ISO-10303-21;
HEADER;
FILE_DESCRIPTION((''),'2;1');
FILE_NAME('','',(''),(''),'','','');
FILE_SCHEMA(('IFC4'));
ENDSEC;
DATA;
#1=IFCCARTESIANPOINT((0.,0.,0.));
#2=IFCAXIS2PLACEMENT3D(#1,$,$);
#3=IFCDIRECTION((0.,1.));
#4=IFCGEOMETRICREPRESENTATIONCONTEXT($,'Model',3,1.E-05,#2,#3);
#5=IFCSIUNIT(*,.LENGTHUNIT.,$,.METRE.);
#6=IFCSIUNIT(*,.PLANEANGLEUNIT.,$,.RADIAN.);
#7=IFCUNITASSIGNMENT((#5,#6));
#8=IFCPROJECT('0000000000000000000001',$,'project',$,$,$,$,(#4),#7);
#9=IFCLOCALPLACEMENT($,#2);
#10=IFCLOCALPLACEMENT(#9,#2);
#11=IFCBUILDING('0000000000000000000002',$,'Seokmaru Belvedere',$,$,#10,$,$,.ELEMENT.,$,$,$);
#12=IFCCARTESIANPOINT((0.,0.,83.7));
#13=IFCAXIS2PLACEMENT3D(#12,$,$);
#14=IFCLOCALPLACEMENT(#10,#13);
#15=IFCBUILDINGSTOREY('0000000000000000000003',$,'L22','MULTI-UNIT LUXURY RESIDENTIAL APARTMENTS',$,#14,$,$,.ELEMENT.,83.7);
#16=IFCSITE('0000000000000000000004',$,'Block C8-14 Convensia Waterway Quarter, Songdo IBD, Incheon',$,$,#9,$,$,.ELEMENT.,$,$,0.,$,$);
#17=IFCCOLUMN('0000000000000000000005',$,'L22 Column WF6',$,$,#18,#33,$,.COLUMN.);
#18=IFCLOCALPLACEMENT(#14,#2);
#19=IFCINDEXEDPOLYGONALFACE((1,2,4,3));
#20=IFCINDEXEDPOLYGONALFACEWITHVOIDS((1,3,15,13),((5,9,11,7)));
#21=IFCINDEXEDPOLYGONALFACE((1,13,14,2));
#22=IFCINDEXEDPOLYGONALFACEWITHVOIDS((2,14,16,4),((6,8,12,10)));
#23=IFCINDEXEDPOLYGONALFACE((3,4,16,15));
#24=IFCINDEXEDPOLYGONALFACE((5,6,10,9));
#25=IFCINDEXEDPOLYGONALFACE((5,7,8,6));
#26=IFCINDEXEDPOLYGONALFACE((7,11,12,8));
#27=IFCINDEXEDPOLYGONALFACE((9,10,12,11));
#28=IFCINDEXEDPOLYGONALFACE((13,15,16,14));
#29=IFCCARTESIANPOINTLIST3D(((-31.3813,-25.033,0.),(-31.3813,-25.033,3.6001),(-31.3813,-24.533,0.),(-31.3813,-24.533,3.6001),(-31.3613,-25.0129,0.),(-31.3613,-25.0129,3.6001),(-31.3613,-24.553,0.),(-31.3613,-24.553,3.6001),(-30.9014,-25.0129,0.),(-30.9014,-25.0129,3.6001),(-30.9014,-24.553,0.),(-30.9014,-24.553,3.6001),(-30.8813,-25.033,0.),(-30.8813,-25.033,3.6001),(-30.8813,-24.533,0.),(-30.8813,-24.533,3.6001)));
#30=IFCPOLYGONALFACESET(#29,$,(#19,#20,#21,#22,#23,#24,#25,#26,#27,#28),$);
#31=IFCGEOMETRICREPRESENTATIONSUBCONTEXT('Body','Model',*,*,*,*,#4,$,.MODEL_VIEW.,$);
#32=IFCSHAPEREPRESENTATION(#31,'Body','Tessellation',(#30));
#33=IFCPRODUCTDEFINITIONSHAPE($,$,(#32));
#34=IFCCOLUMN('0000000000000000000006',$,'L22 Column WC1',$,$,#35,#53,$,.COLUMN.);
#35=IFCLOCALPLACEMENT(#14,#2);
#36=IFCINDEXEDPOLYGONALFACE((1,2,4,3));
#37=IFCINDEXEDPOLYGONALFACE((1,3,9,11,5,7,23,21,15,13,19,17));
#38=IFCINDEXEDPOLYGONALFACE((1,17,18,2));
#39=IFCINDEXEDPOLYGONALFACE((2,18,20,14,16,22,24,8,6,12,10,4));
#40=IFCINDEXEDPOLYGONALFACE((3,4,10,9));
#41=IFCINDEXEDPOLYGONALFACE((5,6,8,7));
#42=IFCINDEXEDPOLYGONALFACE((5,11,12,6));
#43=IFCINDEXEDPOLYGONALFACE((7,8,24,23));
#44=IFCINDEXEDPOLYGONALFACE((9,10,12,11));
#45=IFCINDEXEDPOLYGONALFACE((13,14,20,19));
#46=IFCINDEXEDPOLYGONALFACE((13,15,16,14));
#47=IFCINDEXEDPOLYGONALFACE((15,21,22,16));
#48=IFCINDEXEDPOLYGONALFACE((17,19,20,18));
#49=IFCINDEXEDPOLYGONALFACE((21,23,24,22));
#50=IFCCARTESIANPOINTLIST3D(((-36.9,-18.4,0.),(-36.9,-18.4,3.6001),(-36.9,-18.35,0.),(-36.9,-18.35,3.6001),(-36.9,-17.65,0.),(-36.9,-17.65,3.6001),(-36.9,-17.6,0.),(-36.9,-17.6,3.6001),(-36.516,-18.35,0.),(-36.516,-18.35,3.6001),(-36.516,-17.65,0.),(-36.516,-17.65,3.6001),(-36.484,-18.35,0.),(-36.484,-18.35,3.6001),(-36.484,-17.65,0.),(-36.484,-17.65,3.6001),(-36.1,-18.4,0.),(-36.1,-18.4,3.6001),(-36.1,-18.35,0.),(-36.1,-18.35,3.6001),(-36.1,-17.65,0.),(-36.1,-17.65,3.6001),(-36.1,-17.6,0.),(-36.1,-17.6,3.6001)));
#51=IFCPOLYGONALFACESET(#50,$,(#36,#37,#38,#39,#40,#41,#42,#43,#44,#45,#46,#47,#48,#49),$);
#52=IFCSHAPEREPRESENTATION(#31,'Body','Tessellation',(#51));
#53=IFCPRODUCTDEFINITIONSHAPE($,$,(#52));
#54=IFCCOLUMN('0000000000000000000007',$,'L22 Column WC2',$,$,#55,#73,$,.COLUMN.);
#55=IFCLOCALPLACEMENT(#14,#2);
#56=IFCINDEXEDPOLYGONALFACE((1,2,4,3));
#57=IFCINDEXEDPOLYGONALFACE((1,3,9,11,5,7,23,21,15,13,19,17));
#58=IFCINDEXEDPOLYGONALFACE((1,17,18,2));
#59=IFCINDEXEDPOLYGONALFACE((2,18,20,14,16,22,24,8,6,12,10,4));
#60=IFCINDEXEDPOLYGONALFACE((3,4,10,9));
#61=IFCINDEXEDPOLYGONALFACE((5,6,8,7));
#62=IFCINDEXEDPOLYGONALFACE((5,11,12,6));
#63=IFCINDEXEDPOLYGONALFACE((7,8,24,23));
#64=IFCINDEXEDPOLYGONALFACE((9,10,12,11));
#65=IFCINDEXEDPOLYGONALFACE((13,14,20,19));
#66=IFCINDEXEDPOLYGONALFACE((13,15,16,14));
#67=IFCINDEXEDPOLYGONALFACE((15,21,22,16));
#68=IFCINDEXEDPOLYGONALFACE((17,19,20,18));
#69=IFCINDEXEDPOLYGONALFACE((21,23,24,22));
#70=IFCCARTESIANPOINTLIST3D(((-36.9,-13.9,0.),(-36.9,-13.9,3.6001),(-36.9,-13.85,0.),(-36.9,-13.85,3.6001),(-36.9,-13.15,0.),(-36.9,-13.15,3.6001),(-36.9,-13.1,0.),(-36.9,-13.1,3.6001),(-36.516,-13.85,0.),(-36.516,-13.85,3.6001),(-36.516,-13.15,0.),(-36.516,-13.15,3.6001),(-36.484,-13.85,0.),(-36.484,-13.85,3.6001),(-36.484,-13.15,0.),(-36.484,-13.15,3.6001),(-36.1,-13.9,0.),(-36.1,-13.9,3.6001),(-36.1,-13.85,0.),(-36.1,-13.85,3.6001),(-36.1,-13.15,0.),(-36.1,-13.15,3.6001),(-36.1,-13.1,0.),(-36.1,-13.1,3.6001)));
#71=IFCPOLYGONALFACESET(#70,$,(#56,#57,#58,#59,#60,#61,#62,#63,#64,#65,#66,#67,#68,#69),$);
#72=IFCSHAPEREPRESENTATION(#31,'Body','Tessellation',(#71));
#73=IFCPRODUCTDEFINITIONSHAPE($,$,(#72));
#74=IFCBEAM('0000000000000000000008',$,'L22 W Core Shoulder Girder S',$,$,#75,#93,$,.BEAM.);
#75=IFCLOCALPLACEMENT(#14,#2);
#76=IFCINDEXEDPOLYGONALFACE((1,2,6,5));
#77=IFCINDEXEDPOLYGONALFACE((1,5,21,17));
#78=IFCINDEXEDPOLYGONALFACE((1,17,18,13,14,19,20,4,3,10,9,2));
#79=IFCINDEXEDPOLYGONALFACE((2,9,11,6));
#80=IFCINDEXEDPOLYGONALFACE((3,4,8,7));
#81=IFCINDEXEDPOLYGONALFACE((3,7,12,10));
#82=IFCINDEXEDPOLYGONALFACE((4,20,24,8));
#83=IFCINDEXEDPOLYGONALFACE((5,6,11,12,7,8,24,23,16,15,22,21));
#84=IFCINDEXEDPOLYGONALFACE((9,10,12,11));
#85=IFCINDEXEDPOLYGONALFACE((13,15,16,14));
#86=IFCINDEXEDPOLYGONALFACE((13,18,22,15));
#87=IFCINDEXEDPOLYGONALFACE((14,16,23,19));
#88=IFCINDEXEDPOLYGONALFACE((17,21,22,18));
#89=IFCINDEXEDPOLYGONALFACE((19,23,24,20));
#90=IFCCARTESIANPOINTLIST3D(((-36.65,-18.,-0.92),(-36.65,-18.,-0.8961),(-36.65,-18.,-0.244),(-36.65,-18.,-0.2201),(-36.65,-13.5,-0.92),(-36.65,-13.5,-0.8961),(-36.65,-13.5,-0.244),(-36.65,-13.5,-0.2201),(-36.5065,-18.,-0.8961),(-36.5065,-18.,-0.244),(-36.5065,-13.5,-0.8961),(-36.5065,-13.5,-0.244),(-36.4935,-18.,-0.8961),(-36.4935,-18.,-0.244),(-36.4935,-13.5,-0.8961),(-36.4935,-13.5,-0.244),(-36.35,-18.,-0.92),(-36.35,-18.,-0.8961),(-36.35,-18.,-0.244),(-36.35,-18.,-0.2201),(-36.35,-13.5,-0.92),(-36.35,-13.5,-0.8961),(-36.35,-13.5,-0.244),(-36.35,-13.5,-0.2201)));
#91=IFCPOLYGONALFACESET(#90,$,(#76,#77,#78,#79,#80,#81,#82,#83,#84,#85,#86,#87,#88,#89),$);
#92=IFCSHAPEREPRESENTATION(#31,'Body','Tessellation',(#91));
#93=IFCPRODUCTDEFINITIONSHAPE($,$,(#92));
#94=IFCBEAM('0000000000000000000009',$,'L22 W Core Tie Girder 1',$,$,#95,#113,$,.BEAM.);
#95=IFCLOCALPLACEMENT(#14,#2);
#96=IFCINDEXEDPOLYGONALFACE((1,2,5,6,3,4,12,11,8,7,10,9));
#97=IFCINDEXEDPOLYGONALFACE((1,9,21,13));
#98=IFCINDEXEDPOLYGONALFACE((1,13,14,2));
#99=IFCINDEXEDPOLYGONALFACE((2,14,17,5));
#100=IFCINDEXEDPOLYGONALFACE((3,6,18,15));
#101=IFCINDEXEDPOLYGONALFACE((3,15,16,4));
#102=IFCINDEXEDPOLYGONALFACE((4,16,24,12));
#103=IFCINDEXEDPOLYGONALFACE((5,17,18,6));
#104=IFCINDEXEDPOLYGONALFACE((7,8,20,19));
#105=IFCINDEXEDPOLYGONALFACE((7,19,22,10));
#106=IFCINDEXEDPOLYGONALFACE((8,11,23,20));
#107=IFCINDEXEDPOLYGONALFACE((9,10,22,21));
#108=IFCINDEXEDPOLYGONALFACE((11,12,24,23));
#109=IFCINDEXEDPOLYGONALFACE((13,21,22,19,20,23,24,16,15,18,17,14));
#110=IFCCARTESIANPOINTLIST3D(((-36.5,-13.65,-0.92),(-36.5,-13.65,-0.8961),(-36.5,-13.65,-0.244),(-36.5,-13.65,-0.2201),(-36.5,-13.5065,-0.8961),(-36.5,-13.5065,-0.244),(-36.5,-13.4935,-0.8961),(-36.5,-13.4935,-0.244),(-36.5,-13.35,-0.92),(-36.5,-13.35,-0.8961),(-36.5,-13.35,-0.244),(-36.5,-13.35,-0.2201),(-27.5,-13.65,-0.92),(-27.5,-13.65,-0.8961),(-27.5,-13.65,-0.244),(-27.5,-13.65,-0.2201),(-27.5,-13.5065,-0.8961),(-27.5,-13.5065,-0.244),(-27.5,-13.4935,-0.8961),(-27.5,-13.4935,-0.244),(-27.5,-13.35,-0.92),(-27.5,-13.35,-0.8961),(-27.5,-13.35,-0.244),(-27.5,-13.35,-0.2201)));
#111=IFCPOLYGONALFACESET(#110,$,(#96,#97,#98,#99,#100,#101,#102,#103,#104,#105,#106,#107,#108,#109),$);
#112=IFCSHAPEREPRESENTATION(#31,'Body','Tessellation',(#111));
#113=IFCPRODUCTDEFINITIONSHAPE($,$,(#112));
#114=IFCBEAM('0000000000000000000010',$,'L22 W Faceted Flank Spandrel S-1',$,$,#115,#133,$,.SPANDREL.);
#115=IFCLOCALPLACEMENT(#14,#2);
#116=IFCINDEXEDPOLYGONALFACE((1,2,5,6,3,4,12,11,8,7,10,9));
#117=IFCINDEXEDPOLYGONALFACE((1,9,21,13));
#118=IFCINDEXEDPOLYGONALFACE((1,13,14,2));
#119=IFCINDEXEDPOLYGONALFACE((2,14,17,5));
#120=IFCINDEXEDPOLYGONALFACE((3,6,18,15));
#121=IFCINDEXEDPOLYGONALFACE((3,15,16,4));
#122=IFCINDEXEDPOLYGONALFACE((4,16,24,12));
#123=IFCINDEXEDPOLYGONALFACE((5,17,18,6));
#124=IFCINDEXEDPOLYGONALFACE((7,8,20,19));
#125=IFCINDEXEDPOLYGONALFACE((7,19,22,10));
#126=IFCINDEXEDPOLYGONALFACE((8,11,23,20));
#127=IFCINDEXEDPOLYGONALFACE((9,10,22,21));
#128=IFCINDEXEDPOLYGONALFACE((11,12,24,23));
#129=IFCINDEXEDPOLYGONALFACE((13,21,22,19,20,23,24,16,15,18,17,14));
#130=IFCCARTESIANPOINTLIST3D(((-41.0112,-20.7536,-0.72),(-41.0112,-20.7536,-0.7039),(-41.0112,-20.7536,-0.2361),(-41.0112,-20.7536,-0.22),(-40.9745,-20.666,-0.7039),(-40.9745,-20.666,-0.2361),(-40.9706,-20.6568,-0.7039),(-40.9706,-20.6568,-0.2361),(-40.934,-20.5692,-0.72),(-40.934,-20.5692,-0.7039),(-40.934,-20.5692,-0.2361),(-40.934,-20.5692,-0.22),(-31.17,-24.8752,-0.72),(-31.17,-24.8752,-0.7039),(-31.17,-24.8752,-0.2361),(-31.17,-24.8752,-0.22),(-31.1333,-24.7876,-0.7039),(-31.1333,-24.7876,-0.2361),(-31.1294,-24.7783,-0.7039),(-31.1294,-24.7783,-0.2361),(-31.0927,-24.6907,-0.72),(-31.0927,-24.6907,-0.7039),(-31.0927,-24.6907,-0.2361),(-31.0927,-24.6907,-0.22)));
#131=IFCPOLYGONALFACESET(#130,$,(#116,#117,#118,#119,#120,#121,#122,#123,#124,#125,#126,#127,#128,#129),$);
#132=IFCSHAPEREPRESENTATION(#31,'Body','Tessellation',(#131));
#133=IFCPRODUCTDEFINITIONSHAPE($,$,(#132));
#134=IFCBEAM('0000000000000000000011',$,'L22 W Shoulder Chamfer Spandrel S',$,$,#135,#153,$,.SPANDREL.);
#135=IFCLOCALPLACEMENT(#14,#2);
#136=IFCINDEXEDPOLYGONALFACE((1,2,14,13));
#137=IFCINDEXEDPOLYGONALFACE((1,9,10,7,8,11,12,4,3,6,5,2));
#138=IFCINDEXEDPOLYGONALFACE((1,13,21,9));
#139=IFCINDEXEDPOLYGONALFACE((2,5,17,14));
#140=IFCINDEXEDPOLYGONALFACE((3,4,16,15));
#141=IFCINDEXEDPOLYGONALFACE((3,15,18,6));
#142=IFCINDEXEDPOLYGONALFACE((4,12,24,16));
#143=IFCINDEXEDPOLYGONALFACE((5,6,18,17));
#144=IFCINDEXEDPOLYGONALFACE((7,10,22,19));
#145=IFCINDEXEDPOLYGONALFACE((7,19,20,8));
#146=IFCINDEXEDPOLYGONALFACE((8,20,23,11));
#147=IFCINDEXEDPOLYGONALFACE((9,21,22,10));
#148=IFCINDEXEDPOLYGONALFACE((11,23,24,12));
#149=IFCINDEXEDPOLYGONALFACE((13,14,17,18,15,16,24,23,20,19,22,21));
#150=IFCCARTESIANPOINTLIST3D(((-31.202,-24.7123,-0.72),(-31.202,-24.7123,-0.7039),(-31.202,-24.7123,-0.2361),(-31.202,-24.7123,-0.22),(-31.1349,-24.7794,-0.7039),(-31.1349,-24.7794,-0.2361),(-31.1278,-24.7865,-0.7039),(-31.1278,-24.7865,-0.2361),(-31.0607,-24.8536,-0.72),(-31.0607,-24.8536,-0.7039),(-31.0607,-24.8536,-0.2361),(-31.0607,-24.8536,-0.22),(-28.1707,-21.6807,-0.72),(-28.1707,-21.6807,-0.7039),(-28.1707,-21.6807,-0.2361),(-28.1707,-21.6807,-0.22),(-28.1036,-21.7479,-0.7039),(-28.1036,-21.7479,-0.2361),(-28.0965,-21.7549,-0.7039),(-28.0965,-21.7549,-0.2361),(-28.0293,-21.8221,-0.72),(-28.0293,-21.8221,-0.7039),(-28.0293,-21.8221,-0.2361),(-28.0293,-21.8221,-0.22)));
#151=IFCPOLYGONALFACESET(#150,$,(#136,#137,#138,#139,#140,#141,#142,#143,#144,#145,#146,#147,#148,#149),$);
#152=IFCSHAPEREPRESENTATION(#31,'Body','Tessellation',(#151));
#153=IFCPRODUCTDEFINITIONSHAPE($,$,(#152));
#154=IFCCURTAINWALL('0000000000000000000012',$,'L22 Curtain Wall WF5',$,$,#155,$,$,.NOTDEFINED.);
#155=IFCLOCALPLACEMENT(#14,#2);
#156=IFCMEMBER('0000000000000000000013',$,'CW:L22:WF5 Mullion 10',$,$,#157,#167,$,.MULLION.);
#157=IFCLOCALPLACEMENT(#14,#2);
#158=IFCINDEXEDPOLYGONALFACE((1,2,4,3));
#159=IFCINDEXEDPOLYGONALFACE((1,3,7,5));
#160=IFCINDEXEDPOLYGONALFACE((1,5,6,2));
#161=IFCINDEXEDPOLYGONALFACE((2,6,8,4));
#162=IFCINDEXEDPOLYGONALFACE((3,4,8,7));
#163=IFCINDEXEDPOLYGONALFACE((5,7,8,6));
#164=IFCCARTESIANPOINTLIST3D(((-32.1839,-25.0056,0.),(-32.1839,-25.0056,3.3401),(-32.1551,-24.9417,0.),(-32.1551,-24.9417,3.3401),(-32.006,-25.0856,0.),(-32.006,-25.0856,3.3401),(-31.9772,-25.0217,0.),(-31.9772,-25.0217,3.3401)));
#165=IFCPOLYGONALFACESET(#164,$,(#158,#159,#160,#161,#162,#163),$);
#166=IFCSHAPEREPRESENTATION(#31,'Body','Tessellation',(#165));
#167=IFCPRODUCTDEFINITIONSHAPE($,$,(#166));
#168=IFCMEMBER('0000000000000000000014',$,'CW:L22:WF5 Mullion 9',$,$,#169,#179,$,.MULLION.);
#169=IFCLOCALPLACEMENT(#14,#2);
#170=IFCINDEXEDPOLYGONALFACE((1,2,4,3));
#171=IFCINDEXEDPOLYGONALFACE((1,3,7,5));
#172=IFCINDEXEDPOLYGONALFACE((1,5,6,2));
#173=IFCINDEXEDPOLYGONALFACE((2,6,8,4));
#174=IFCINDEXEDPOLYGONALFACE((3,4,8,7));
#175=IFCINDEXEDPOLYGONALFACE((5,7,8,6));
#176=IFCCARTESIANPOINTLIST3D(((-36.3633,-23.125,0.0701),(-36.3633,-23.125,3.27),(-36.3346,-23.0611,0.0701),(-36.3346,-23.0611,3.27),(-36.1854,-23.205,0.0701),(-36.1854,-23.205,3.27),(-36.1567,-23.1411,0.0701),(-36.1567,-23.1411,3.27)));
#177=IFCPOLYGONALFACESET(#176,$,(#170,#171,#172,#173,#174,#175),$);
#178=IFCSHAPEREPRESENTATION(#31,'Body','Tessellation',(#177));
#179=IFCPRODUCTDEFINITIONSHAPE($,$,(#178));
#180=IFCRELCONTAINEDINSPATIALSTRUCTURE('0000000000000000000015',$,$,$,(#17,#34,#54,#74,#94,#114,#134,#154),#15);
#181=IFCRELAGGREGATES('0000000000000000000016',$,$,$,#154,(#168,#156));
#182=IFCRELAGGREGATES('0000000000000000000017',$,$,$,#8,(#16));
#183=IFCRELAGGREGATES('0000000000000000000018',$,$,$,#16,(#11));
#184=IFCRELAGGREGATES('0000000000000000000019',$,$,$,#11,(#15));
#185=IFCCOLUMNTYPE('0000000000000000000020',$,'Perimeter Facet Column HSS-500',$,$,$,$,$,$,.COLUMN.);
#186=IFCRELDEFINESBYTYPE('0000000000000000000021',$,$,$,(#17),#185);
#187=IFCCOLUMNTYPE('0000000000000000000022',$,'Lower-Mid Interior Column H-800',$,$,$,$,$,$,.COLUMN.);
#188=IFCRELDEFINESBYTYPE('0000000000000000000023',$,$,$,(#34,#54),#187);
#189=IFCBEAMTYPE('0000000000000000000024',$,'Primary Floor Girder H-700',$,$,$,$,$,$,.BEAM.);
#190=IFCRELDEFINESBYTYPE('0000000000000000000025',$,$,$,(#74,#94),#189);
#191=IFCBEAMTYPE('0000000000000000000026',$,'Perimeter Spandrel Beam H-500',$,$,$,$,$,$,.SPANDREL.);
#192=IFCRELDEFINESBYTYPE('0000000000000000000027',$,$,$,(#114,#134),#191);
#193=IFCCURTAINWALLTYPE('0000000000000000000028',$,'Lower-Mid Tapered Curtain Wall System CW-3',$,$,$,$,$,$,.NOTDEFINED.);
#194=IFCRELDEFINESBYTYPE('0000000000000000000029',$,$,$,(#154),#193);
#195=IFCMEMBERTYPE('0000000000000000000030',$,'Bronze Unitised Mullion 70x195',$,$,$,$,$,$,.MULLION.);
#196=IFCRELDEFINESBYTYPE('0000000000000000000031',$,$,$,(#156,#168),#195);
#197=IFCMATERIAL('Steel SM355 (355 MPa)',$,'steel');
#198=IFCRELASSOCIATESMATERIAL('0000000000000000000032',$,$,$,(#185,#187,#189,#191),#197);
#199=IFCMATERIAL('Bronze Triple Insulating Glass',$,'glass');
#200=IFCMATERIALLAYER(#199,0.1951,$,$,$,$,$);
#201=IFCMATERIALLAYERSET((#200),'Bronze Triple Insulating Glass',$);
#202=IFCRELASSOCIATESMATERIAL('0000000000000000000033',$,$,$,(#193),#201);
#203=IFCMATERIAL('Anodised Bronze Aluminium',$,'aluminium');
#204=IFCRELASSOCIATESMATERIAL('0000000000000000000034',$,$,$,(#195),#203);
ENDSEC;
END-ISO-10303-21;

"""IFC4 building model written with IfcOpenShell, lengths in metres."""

from ifc_helpers import new_model, si_unit, direction, frame, origin, origin_2d, place, context, subcontext, project, spatial, rectangle, hollow_rectangle, i_section, extrude, source, transform, mapped, material, layer, layer_set, material_profile, profile_set, type_object, type_shapes, element, aggregate, save


model = new_model("IFC4")

# Units and contexts
model_context = context("Model", 3, precision=1e-05, world=origin(), true_north=direction((0.0, 1.0)))
body_context = subcontext(model_context, "Body", "Model", "MODEL_VIEW")
ifc_project = project(units=[si_unit("LENGTHUNIT", "METRE"), si_unit("PLANEANGLEUNIT", "RADIAN")], contexts=[model_context])

# Site, building, storey
site_placement = place(None, origin())
site = spatial("IfcSite", under=ifc_project, at=site_placement, Name="Block C8-14 Convensia Waterway Quarter, Songdo IBD, Incheon", CompositionType="ELEMENT", RefElevation=0.0)
building_placement = place(site_placement, origin())
building = spatial("IfcBuilding", under=site, at=building_placement, Name="Seokmaru Belvedere", CompositionType="ELEMENT")
storey_placement = place(building_placement, frame((0.0, 0.0, 83.7)))
storey = spatial("IfcBuildingStorey", under=building, at=storey_placement, Name="L22", Description="MULTI-UNIT LUXURY RESIDENTIAL APARTMENTS", CompositionType="ELEMENT", Elevation=83.7)

# Columns
ifc_material_1 = material(Name="Steel SM355 (355 MPa)", Category="steel")
ifc_material_profile_1 = material_profile(ifc_material_1, hollow_rectangle(XDim=0.5, YDim=0.5, WallThickness=0.02, at=origin_2d()), Name="HSS-500x500x20")
ifc_profile_set_1 = profile_set([ifc_material_profile_1], Name="Steel SM355 (355 MPa)")
column_type_1 = type_object("IfcColumnType", Name="Perimeter Facet Column HSS-500", PredefinedType="COLUMN", material=ifc_profile_set_1)
shared_shape_1 = source(origin(), body_context, "Body", "SweptSolid", [
    extrude(hollow_rectangle(XDim=0.5, YDim=0.5, WallThickness=0.02, at=origin_2d()), origin(), (0.0, 0.0, 1.0), 3.6001),
])
type_shapes(column_type_1, [shared_shape_1])
column_placement = place(storey_placement, frame((-31.1313, -24.783, 0.0), z_axis=(0.0, 0.0, 1.0), x_axis=(1.0, 0.0, 0.0)))
element("IfcColumn", 1, at=column_placement, inside=storey, type_object=column_type_1, Name="L22 Column WF6", PredefinedType="COLUMN", context=body_context, shape_type="MappedRepresentation", body=[
    mapped(shared_shape_1, transform((0.0, 0.0, 0.0), scale=1.0)),
])
ifc_material_profile_2 = material_profile(ifc_material_1, i_section(OverallWidth=0.8, OverallDepth=0.8, WebThickness=0.032, FlangeThickness=0.05, at=origin_2d()), Name="H-800x800x32x50")
ifc_profile_set_2 = profile_set([ifc_material_profile_2], Name="Steel SM355 (355 MPa)")
column_type_2 = type_object("IfcColumnType", Name="Lower-Mid Interior Column H-800", PredefinedType="COLUMN", material=ifc_profile_set_2)
shared_shape_2 = source(origin(), body_context, "Body", "SweptSolid", [
    extrude(i_section(OverallWidth=0.8, OverallDepth=0.8, WebThickness=0.032, FlangeThickness=0.05, at=origin_2d()), origin(), (0.0, 0.0, 1.0), 3.6001),
])
type_shapes(column_type_2, [shared_shape_2])
for number, where, z_axis, x_axis, name in (
    (2, (-36.5, -18.0, 0.0), (0.0, 0.0, 1.0), (1.0, 0.0, 0.0), "L22 Column WC1"),
    (3, (-36.5, -13.5, 0.0), (0.0, 0.0, 1.0), (1.0, 0.0, 0.0), "L22 Column WC2"),
):
    element("IfcColumn", number, at=place(storey_placement, frame(where, z_axis=z_axis, x_axis=x_axis)), inside=storey, type_object=column_type_2, Name=name, PredefinedType="COLUMN", context=body_context, shape_type="MappedRepresentation", body=[
        mapped(shared_shape_2, transform((0.0, 0.0, 0.0), scale=1.0)),
    ])

# Beams
ifc_material_profile_3 = material_profile(ifc_material_1, i_section(OverallWidth=0.3, OverallDepth=0.7, WebThickness=0.0129, FlangeThickness=0.0239, at=origin_2d()), Name="H-700x300x13x24")
ifc_profile_set_3 = profile_set([ifc_material_profile_3], Name="Steel SM355 (355 MPa)")
beam_type_1 = type_object("IfcBeamType", Name="Primary Floor Girder H-700", PredefinedType="BEAM", material=ifc_profile_set_3)
shared_shape_3 = source(origin(), body_context, "Body", "SweptSolid", [
    extrude(i_section(OverallWidth=0.3, OverallDepth=0.7, WebThickness=0.0129, FlangeThickness=0.0239, at=origin_2d()), origin(), (0.0, 0.0, 1.0), 4.5),
])
beam_1_placement = place(storey_placement, frame((-36.5, -18.0, -0.5701), z_axis=(0.0, 1.0, 0.0), x_axis=(-1.0, 0.0, 0.0)))
element("IfcBeam", 4, at=beam_1_placement, inside=storey, type_object=beam_type_1, Name="L22 W Core Shoulder Girder S", PredefinedType="BEAM", context=body_context, shape_type="MappedRepresentation", body=[
    mapped(shared_shape_3, transform((0.0, 0.0, 0.0), scale=1.0)),
])
shared_shape_4 = source(origin(), body_context, "Body", "SweptSolid", [
    extrude(i_section(OverallWidth=0.3, OverallDepth=0.7, WebThickness=0.0129, FlangeThickness=0.0239, at=origin_2d()), origin(), (0.0, 0.0, 1.0), 9.0),
])
type_shapes(beam_type_1, [shared_shape_3, shared_shape_4])
beam_2_placement = place(storey_placement, frame((-36.5, -13.5, -0.5701), z_axis=(1.0, 0.0, 0.0), x_axis=(0.0, 1.0, 0.0)))
element("IfcBeam", 5, at=beam_2_placement, inside=storey, type_object=beam_type_1, Name="L22 W Core Tie Girder 1", PredefinedType="BEAM", context=body_context, shape_type="MappedRepresentation", body=[
    mapped(shared_shape_4, transform((0.0, 0.0, 0.0), scale=1.0)),
])
ifc_material_profile_4 = material_profile(ifc_material_1, i_section(OverallWidth=0.2, OverallDepth=0.5, WebThickness=0.01, FlangeThickness=0.0161, at=origin_2d()), Name="H-500x200x10x16")
ifc_profile_set_4 = profile_set([ifc_material_profile_4], Name="Steel SM355 (355 MPa)")
beam_type_2 = type_object("IfcBeamType", Name="Perimeter Spandrel Beam H-500", PredefinedType="SPANDREL", material=ifc_profile_set_4)
shared_shape_5 = source(origin(), body_context, "Body", "SweptSolid", [
    extrude(i_section(OverallWidth=0.2, OverallDepth=0.5, WebThickness=0.01, FlangeThickness=0.0161, at=origin_2d()), origin(), (0.0, 0.0, 1.0), 10.6694),
])
beam_3_placement = place(storey_placement, frame((-31.1313, -24.783, -0.47), z_axis=(-0.922375, 0.386295, 0.0), x_axis=(-0.386295, -0.922375, 0.0)))
element("IfcBeam", 6, at=beam_3_placement, inside=storey, type_object=beam_type_2, Name="L22 W Faceted Flank Spandrel S-1", PredefinedType="SPANDREL", context=body_context, shape_type="MappedRepresentation", body=[
    mapped(shared_shape_5, transform((0.0, 0.0, 0.0), scale=1.0)),
])
shared_shape_6 = source(origin(), body_context, "Body", "SweptSolid", [
    extrude(i_section(OverallWidth=0.2, OverallDepth=0.5, WebThickness=0.01, FlangeThickness=0.0161, at=origin_2d()), origin(), (0.0, 0.0, 1.0), 4.2871),
])
type_shapes(beam_type_2, [shared_shape_5, shared_shape_6])
beam_4_placement = place(storey_placement, frame((-31.1313, -24.783, -0.47), z_axis=(0.707078, 0.707135, 0.0), x_axis=(-0.707135, 0.707078, 0.0)))
element("IfcBeam", 7, at=beam_4_placement, inside=storey, type_object=beam_type_2, Name="L22 W Shoulder Chamfer Spandrel S", PredefinedType="SPANDREL", context=body_context, shape_type="MappedRepresentation", body=[
    mapped(shared_shape_6, transform((0.0, 0.0, 0.0), scale=1.0)),
])

# Curtain wall, members
ifc_material_2 = material(Name="Bronze Triple Insulating Glass", Category="glass")
ifc_layer_1 = layer(ifc_material_2, 0.1951)
ifc_layer_set_1 = layer_set([ifc_layer_1], Name="Bronze Triple Insulating Glass")
curtain_wall_type = type_object("IfcCurtainWallType", Name="Lower-Mid Tapered Curtain Wall System CW-3", PredefinedType="NOTDEFINED", material=ifc_layer_set_1)
curtain_wall_placement = place(storey_placement, origin())
curtain_wall = element("IfcCurtainWall", 8, at=curtain_wall_placement, inside=storey, type_object=curtain_wall_type, Name="L22 Curtain Wall WF5", PredefinedType="NOTDEFINED")
ifc_material_3 = material(Name="Anodised Bronze Aluminium", Category="aluminium")
ifc_material_profile_5 = material_profile(ifc_material_3, rectangle(XDim=0.0701, YDim=0.1951, at=origin_2d()), Name="CW-M-70x195")
ifc_profile_set_5 = profile_set([ifc_material_profile_5], Name="Anodised Bronze Aluminium")
member_type = type_object("IfcMemberType", Name="Bronze Unitised Mullion 70x195", PredefinedType="MULLION", material=ifc_profile_set_5)
shared_shape_7 = source(origin(), body_context, "Body", "SweptSolid", [
    extrude(rectangle(XDim=0.0701, YDim=0.1951, at=origin_2d()), origin(), (0.0, 0.0, 1.0), 3.3401),
])
member_1_placement = place(storey_placement, frame((-32.0806, -25.0137, 0.0), z_axis=(0.0, 0.0, 1.0), x_axis=(0.410366, 0.911921, 0.0)))
member_1 = element("IfcMember", 9, at=member_1_placement, type_object=member_type, Name="CW:L22:WF5 Mullion 10", PredefinedType="MULLION", context=body_context, shape_type="MappedRepresentation", body=[
    mapped(shared_shape_7, transform((0.0, 0.0, 0.0), scale=1.0)),
])
shared_shape_8 = source(origin(), body_context, "Body", "SweptSolid", [
    extrude(rectangle(XDim=0.0701, YDim=0.1951, at=origin_2d()), origin(), (0.0, 0.0, 1.0), 3.2),
])
type_shapes(member_type, [shared_shape_7, shared_shape_8])
member_2_placement = place(storey_placement, frame((-36.26, -23.1331, 0.0701), z_axis=(0.0, 0.0, 1.0), x_axis=(0.410366, 0.911921, 0.0)))
member_2 = element("IfcMember", 10, at=member_2_placement, type_object=member_type, Name="CW:L22:WF5 Mullion 9", PredefinedType="MULLION", context=body_context, shape_type="MappedRepresentation", body=[
    mapped(shared_shape_8, transform((0.0, 0.0, 0.0), scale=1.0)),
])

aggregate(curtain_wall, [member_2, member_1])

save(model, "model.ifc")
